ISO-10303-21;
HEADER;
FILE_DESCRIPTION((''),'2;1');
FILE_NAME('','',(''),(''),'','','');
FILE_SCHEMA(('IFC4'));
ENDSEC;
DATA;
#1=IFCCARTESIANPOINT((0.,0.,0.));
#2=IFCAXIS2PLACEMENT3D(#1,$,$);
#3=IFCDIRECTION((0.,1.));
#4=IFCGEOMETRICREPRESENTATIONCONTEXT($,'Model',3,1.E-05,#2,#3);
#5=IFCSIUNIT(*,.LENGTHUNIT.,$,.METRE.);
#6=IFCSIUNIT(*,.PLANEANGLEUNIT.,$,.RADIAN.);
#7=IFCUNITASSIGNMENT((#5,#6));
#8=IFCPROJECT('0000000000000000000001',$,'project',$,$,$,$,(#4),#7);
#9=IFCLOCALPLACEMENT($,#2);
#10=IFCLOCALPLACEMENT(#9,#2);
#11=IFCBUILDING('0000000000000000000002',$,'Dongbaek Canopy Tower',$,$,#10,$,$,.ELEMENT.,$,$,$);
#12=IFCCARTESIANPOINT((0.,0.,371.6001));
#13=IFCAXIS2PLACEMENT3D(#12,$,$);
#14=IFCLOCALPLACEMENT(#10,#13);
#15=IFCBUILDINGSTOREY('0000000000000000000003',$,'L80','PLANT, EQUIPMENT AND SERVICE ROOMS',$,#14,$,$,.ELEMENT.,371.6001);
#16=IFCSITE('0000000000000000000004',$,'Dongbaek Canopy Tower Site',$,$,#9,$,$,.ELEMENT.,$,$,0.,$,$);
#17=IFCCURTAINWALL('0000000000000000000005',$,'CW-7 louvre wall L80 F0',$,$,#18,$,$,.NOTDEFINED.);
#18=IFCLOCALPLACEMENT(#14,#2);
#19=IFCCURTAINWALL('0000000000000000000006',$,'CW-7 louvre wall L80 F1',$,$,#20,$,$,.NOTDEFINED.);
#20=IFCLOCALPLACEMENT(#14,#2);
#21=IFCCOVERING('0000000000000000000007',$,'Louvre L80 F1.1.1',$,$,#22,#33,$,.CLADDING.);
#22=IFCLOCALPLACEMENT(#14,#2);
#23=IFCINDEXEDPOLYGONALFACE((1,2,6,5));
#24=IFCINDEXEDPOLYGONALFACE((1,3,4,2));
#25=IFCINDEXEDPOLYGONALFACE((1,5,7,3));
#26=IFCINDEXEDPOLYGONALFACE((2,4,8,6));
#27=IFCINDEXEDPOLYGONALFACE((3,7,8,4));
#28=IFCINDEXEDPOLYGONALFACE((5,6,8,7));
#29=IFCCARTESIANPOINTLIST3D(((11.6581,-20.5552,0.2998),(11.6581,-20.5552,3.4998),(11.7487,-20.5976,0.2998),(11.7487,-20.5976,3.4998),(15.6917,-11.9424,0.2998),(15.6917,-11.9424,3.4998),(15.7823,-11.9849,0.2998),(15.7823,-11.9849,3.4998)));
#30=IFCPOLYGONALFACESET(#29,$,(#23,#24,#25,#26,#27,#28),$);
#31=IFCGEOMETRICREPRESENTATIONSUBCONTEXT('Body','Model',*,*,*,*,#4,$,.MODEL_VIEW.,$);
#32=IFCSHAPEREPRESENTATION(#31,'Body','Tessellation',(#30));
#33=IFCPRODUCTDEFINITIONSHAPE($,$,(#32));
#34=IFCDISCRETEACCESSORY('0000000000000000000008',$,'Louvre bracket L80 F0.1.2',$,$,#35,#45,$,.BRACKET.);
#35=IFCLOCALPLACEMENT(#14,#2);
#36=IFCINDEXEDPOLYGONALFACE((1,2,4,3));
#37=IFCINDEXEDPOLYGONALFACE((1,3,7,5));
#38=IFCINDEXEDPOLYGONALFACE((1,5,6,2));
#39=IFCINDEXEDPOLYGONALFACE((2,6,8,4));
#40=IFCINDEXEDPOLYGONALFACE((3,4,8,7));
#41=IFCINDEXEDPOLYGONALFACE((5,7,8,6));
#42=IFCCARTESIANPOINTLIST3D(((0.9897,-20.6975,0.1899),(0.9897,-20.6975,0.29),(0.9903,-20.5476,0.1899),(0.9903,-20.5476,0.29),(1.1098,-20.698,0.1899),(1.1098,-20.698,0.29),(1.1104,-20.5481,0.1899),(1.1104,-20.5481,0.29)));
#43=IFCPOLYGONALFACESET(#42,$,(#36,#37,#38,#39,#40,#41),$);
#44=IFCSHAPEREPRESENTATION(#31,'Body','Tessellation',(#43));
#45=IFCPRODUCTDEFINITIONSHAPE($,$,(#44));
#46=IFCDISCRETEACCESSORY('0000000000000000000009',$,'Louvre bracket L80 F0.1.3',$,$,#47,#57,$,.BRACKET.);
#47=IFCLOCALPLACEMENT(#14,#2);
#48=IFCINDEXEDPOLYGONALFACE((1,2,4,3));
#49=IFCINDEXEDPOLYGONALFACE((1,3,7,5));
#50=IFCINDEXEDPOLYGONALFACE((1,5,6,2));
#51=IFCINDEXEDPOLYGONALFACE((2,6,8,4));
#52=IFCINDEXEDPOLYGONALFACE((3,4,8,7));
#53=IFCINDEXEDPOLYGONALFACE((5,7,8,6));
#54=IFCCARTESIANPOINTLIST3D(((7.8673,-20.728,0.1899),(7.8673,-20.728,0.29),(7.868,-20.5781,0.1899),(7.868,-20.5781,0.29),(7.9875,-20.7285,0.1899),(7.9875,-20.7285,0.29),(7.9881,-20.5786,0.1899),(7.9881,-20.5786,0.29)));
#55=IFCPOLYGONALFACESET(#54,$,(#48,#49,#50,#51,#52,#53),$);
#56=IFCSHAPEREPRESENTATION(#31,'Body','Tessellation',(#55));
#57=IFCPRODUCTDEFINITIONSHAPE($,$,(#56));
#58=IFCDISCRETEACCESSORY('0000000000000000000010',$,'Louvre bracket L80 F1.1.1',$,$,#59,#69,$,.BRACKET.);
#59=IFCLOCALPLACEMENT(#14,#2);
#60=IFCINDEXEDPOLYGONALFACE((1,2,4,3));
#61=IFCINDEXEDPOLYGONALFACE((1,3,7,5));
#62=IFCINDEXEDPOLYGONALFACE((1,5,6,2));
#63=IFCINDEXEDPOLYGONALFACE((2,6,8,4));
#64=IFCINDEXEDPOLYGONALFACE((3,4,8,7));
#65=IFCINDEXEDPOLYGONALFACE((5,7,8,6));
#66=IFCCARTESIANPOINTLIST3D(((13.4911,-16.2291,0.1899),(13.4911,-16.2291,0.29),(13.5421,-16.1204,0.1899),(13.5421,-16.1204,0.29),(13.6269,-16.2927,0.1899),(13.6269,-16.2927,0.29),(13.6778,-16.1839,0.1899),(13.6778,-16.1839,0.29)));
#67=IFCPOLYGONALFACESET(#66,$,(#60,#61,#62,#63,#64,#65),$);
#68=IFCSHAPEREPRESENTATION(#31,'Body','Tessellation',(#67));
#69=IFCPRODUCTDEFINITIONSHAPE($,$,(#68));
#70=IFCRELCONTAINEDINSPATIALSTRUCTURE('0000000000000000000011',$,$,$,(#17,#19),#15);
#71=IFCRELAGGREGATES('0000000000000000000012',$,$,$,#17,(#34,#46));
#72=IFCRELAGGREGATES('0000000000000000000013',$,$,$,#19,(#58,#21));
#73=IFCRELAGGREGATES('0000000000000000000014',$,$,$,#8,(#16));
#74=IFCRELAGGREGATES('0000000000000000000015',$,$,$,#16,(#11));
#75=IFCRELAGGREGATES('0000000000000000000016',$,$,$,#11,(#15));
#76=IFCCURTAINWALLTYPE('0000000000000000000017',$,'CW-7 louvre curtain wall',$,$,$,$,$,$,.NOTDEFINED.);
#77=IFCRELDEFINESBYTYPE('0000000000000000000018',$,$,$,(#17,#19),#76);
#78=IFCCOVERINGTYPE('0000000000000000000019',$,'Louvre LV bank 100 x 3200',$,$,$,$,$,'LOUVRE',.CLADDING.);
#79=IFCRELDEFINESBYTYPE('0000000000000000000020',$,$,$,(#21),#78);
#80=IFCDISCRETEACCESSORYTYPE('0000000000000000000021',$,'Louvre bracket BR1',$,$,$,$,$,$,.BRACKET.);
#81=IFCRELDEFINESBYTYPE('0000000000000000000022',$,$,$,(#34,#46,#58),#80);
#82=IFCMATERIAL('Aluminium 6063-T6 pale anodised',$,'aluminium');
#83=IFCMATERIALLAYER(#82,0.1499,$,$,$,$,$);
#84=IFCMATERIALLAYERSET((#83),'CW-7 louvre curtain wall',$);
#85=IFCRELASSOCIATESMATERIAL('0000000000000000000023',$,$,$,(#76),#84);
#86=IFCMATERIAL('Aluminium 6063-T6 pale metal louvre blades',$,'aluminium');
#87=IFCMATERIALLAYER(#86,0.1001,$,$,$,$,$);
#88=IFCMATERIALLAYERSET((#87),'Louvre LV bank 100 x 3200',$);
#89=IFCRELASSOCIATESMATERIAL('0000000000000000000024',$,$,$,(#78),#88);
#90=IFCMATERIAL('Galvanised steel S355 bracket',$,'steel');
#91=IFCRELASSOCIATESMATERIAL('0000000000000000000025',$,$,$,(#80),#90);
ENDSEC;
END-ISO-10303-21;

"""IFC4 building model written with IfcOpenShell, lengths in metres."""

from ifc_helpers import new_model, si_unit, direction, frame, origin, origin_2d, place, context, subcontext, project, spatial, rectangle, extrude, material, layer, layer_set, type_object, element, aggregate, save


model = new_model("IFC4")

# Units and contexts
model_context = context("Model", 3, precision=1e-05, world=origin(), true_north=direction((0.0, 1.0)))
body_context = subcontext(model_context, "Body", "Model", "MODEL_VIEW")
ifc_project = project(units=[si_unit("LENGTHUNIT", "METRE"), si_unit("PLANEANGLEUNIT", "RADIAN")], contexts=[model_context])

# Site, building, storey
site_placement = place(None, origin())
site = spatial("IfcSite", under=ifc_project, at=site_placement, Name="Dongbaek Canopy Tower Site", CompositionType="ELEMENT", RefElevation=0.0)
building_placement = place(site_placement, origin())
building = spatial("IfcBuilding", under=site, at=building_placement, Name="Dongbaek Canopy Tower", CompositionType="ELEMENT")
storey_placement = place(building_placement, frame((0.0, 0.0, 371.6001)))
storey = spatial("IfcBuildingStorey", under=building, at=storey_placement, Name="L80", Description="PLANT, EQUIPMENT AND SERVICE ROOMS", CompositionType="ELEMENT", Elevation=371.6001)

# Curtain walls
ifc_material_1 = material(Name="Aluminium 6063-T6 pale anodised", Category="aluminium")
ifc_layer_1 = layer(ifc_material_1, 0.1499)
ifc_layer_set_1 = layer_set([ifc_layer_1], Name="CW-7 louvre curtain wall")
curtain_wall_type = type_object("IfcCurtainWallType", Name="CW-7 louvre curtain wall", PredefinedType="NOTDEFINED", material=ifc_layer_set_1)
curtain_wall_1_placement = place(storey_placement, origin())
curtain_wall_1 = element("IfcCurtainWall", 1, at=curtain_wall_1_placement, inside=storey, type_object=curtain_wall_type, Name="CW-7 louvre wall L80 F0", PredefinedType="NOTDEFINED")
curtain_wall_2_placement = place(storey_placement, origin())
curtain_wall_2 = element("IfcCurtainWall", 2, at=curtain_wall_2_placement, inside=storey, type_object=curtain_wall_type, Name="CW-7 louvre wall L80 F1", PredefinedType="NOTDEFINED")

# Covering
ifc_material_2 = material(Name="Aluminium 6063-T6 pale metal louvre blades", Category="aluminium")
ifc_layer_2 = layer(ifc_material_2, 0.1001)
ifc_layer_set_2 = layer_set([ifc_layer_2], Name="Louvre LV bank 100 x 3200")
covering_type = type_object("IfcCoveringType", Name="Louvre LV bank 100 x 3200", ElementType="LOUVRE", PredefinedType="CLADDING", material=ifc_layer_set_2)
covering_1_placement = place(storey_placement, frame((13.7202, -16.27, 0.2998), z_axis=(0.0, 0.0, 1.0), x_axis=(0.424123, 0.905605, 0.0)))
covering_1 = element("IfcCovering", 3, at=covering_1_placement, type_object=covering_type, Name="Louvre L80 F1.1.1", PredefinedType="CLADDING", context=body_context, shape_type="SweptSolid", body=[
    extrude(rectangle(XDim=9.5105, YDim=0.1001, at=origin_2d()), origin(), (0.0, 0.0, 1.0), 3.2),
])

# Discrete accessories
ifc_material_3 = material(Name="Galvanised steel S355 bracket", Category="steel")
discrete_accessory_type = type_object("IfcDiscreteAccessoryType", Name="Louvre bracket BR1", PredefinedType="BRACKET", material=ifc_material_3)
discrete_accessory_1_placement = place(storey_placement, frame((1.05, -20.6228, 0.1899), z_axis=(0.0, 0.0, 1.0), x_axis=(0.99999, -0.004466, 0.0)))
discrete_accessory_1 = element("IfcDiscreteAccessory", 4, at=discrete_accessory_1_placement, type_object=discrete_accessory_type, Name="Louvre bracket L80 F0.1.2", PredefinedType="BRACKET", context=body_context, shape_type="SweptSolid", body=[
    extrude(rectangle(XDim=0.1201, YDim=0.1499, at=origin_2d()), origin(), (0.0, 0.0, 1.0), 0.1001),
])
discrete_accessory_2_placement = place(storey_placement, frame((7.9277, -20.6533, 0.1899), z_axis=(0.0, 0.0, 1.0), x_axis=(0.99999, -0.004466, 0.0)))
discrete_accessory_2 = element("IfcDiscreteAccessory", 5, at=discrete_accessory_2_placement, type_object=discrete_accessory_type, Name="Louvre bracket L80 F0.1.3", PredefinedType="BRACKET", context=body_context, shape_type="SweptSolid", body=[
    extrude(rectangle(XDim=0.1201, YDim=0.1499, at=origin_2d()), origin(), (0.0, 0.0, 1.0), 0.1001),
])
aggregate(curtain_wall_1, [discrete_accessory_1, discrete_accessory_2])
discrete_accessory_3_placement = place(storey_placement, frame((13.5845, -16.2065, 0.1899), z_axis=(0.0, 0.0, 1.0), x_axis=(0.424123, 0.905605, 0.0)))
discrete_accessory_3 = element("IfcDiscreteAccessory", 6, at=discrete_accessory_3_placement, type_object=discrete_accessory_type, Name="Louvre bracket L80 F1.1.1", PredefinedType="BRACKET", context=body_context, shape_type="SweptSolid", body=[
    extrude(rectangle(XDim=0.1201, YDim=0.1499, at=origin_2d()), origin(), (0.0, 0.0, 1.0), 0.1001),
])
aggregate(curtain_wall_2, [discrete_accessory_3, covering_1])

save(model, "model.ifc")
